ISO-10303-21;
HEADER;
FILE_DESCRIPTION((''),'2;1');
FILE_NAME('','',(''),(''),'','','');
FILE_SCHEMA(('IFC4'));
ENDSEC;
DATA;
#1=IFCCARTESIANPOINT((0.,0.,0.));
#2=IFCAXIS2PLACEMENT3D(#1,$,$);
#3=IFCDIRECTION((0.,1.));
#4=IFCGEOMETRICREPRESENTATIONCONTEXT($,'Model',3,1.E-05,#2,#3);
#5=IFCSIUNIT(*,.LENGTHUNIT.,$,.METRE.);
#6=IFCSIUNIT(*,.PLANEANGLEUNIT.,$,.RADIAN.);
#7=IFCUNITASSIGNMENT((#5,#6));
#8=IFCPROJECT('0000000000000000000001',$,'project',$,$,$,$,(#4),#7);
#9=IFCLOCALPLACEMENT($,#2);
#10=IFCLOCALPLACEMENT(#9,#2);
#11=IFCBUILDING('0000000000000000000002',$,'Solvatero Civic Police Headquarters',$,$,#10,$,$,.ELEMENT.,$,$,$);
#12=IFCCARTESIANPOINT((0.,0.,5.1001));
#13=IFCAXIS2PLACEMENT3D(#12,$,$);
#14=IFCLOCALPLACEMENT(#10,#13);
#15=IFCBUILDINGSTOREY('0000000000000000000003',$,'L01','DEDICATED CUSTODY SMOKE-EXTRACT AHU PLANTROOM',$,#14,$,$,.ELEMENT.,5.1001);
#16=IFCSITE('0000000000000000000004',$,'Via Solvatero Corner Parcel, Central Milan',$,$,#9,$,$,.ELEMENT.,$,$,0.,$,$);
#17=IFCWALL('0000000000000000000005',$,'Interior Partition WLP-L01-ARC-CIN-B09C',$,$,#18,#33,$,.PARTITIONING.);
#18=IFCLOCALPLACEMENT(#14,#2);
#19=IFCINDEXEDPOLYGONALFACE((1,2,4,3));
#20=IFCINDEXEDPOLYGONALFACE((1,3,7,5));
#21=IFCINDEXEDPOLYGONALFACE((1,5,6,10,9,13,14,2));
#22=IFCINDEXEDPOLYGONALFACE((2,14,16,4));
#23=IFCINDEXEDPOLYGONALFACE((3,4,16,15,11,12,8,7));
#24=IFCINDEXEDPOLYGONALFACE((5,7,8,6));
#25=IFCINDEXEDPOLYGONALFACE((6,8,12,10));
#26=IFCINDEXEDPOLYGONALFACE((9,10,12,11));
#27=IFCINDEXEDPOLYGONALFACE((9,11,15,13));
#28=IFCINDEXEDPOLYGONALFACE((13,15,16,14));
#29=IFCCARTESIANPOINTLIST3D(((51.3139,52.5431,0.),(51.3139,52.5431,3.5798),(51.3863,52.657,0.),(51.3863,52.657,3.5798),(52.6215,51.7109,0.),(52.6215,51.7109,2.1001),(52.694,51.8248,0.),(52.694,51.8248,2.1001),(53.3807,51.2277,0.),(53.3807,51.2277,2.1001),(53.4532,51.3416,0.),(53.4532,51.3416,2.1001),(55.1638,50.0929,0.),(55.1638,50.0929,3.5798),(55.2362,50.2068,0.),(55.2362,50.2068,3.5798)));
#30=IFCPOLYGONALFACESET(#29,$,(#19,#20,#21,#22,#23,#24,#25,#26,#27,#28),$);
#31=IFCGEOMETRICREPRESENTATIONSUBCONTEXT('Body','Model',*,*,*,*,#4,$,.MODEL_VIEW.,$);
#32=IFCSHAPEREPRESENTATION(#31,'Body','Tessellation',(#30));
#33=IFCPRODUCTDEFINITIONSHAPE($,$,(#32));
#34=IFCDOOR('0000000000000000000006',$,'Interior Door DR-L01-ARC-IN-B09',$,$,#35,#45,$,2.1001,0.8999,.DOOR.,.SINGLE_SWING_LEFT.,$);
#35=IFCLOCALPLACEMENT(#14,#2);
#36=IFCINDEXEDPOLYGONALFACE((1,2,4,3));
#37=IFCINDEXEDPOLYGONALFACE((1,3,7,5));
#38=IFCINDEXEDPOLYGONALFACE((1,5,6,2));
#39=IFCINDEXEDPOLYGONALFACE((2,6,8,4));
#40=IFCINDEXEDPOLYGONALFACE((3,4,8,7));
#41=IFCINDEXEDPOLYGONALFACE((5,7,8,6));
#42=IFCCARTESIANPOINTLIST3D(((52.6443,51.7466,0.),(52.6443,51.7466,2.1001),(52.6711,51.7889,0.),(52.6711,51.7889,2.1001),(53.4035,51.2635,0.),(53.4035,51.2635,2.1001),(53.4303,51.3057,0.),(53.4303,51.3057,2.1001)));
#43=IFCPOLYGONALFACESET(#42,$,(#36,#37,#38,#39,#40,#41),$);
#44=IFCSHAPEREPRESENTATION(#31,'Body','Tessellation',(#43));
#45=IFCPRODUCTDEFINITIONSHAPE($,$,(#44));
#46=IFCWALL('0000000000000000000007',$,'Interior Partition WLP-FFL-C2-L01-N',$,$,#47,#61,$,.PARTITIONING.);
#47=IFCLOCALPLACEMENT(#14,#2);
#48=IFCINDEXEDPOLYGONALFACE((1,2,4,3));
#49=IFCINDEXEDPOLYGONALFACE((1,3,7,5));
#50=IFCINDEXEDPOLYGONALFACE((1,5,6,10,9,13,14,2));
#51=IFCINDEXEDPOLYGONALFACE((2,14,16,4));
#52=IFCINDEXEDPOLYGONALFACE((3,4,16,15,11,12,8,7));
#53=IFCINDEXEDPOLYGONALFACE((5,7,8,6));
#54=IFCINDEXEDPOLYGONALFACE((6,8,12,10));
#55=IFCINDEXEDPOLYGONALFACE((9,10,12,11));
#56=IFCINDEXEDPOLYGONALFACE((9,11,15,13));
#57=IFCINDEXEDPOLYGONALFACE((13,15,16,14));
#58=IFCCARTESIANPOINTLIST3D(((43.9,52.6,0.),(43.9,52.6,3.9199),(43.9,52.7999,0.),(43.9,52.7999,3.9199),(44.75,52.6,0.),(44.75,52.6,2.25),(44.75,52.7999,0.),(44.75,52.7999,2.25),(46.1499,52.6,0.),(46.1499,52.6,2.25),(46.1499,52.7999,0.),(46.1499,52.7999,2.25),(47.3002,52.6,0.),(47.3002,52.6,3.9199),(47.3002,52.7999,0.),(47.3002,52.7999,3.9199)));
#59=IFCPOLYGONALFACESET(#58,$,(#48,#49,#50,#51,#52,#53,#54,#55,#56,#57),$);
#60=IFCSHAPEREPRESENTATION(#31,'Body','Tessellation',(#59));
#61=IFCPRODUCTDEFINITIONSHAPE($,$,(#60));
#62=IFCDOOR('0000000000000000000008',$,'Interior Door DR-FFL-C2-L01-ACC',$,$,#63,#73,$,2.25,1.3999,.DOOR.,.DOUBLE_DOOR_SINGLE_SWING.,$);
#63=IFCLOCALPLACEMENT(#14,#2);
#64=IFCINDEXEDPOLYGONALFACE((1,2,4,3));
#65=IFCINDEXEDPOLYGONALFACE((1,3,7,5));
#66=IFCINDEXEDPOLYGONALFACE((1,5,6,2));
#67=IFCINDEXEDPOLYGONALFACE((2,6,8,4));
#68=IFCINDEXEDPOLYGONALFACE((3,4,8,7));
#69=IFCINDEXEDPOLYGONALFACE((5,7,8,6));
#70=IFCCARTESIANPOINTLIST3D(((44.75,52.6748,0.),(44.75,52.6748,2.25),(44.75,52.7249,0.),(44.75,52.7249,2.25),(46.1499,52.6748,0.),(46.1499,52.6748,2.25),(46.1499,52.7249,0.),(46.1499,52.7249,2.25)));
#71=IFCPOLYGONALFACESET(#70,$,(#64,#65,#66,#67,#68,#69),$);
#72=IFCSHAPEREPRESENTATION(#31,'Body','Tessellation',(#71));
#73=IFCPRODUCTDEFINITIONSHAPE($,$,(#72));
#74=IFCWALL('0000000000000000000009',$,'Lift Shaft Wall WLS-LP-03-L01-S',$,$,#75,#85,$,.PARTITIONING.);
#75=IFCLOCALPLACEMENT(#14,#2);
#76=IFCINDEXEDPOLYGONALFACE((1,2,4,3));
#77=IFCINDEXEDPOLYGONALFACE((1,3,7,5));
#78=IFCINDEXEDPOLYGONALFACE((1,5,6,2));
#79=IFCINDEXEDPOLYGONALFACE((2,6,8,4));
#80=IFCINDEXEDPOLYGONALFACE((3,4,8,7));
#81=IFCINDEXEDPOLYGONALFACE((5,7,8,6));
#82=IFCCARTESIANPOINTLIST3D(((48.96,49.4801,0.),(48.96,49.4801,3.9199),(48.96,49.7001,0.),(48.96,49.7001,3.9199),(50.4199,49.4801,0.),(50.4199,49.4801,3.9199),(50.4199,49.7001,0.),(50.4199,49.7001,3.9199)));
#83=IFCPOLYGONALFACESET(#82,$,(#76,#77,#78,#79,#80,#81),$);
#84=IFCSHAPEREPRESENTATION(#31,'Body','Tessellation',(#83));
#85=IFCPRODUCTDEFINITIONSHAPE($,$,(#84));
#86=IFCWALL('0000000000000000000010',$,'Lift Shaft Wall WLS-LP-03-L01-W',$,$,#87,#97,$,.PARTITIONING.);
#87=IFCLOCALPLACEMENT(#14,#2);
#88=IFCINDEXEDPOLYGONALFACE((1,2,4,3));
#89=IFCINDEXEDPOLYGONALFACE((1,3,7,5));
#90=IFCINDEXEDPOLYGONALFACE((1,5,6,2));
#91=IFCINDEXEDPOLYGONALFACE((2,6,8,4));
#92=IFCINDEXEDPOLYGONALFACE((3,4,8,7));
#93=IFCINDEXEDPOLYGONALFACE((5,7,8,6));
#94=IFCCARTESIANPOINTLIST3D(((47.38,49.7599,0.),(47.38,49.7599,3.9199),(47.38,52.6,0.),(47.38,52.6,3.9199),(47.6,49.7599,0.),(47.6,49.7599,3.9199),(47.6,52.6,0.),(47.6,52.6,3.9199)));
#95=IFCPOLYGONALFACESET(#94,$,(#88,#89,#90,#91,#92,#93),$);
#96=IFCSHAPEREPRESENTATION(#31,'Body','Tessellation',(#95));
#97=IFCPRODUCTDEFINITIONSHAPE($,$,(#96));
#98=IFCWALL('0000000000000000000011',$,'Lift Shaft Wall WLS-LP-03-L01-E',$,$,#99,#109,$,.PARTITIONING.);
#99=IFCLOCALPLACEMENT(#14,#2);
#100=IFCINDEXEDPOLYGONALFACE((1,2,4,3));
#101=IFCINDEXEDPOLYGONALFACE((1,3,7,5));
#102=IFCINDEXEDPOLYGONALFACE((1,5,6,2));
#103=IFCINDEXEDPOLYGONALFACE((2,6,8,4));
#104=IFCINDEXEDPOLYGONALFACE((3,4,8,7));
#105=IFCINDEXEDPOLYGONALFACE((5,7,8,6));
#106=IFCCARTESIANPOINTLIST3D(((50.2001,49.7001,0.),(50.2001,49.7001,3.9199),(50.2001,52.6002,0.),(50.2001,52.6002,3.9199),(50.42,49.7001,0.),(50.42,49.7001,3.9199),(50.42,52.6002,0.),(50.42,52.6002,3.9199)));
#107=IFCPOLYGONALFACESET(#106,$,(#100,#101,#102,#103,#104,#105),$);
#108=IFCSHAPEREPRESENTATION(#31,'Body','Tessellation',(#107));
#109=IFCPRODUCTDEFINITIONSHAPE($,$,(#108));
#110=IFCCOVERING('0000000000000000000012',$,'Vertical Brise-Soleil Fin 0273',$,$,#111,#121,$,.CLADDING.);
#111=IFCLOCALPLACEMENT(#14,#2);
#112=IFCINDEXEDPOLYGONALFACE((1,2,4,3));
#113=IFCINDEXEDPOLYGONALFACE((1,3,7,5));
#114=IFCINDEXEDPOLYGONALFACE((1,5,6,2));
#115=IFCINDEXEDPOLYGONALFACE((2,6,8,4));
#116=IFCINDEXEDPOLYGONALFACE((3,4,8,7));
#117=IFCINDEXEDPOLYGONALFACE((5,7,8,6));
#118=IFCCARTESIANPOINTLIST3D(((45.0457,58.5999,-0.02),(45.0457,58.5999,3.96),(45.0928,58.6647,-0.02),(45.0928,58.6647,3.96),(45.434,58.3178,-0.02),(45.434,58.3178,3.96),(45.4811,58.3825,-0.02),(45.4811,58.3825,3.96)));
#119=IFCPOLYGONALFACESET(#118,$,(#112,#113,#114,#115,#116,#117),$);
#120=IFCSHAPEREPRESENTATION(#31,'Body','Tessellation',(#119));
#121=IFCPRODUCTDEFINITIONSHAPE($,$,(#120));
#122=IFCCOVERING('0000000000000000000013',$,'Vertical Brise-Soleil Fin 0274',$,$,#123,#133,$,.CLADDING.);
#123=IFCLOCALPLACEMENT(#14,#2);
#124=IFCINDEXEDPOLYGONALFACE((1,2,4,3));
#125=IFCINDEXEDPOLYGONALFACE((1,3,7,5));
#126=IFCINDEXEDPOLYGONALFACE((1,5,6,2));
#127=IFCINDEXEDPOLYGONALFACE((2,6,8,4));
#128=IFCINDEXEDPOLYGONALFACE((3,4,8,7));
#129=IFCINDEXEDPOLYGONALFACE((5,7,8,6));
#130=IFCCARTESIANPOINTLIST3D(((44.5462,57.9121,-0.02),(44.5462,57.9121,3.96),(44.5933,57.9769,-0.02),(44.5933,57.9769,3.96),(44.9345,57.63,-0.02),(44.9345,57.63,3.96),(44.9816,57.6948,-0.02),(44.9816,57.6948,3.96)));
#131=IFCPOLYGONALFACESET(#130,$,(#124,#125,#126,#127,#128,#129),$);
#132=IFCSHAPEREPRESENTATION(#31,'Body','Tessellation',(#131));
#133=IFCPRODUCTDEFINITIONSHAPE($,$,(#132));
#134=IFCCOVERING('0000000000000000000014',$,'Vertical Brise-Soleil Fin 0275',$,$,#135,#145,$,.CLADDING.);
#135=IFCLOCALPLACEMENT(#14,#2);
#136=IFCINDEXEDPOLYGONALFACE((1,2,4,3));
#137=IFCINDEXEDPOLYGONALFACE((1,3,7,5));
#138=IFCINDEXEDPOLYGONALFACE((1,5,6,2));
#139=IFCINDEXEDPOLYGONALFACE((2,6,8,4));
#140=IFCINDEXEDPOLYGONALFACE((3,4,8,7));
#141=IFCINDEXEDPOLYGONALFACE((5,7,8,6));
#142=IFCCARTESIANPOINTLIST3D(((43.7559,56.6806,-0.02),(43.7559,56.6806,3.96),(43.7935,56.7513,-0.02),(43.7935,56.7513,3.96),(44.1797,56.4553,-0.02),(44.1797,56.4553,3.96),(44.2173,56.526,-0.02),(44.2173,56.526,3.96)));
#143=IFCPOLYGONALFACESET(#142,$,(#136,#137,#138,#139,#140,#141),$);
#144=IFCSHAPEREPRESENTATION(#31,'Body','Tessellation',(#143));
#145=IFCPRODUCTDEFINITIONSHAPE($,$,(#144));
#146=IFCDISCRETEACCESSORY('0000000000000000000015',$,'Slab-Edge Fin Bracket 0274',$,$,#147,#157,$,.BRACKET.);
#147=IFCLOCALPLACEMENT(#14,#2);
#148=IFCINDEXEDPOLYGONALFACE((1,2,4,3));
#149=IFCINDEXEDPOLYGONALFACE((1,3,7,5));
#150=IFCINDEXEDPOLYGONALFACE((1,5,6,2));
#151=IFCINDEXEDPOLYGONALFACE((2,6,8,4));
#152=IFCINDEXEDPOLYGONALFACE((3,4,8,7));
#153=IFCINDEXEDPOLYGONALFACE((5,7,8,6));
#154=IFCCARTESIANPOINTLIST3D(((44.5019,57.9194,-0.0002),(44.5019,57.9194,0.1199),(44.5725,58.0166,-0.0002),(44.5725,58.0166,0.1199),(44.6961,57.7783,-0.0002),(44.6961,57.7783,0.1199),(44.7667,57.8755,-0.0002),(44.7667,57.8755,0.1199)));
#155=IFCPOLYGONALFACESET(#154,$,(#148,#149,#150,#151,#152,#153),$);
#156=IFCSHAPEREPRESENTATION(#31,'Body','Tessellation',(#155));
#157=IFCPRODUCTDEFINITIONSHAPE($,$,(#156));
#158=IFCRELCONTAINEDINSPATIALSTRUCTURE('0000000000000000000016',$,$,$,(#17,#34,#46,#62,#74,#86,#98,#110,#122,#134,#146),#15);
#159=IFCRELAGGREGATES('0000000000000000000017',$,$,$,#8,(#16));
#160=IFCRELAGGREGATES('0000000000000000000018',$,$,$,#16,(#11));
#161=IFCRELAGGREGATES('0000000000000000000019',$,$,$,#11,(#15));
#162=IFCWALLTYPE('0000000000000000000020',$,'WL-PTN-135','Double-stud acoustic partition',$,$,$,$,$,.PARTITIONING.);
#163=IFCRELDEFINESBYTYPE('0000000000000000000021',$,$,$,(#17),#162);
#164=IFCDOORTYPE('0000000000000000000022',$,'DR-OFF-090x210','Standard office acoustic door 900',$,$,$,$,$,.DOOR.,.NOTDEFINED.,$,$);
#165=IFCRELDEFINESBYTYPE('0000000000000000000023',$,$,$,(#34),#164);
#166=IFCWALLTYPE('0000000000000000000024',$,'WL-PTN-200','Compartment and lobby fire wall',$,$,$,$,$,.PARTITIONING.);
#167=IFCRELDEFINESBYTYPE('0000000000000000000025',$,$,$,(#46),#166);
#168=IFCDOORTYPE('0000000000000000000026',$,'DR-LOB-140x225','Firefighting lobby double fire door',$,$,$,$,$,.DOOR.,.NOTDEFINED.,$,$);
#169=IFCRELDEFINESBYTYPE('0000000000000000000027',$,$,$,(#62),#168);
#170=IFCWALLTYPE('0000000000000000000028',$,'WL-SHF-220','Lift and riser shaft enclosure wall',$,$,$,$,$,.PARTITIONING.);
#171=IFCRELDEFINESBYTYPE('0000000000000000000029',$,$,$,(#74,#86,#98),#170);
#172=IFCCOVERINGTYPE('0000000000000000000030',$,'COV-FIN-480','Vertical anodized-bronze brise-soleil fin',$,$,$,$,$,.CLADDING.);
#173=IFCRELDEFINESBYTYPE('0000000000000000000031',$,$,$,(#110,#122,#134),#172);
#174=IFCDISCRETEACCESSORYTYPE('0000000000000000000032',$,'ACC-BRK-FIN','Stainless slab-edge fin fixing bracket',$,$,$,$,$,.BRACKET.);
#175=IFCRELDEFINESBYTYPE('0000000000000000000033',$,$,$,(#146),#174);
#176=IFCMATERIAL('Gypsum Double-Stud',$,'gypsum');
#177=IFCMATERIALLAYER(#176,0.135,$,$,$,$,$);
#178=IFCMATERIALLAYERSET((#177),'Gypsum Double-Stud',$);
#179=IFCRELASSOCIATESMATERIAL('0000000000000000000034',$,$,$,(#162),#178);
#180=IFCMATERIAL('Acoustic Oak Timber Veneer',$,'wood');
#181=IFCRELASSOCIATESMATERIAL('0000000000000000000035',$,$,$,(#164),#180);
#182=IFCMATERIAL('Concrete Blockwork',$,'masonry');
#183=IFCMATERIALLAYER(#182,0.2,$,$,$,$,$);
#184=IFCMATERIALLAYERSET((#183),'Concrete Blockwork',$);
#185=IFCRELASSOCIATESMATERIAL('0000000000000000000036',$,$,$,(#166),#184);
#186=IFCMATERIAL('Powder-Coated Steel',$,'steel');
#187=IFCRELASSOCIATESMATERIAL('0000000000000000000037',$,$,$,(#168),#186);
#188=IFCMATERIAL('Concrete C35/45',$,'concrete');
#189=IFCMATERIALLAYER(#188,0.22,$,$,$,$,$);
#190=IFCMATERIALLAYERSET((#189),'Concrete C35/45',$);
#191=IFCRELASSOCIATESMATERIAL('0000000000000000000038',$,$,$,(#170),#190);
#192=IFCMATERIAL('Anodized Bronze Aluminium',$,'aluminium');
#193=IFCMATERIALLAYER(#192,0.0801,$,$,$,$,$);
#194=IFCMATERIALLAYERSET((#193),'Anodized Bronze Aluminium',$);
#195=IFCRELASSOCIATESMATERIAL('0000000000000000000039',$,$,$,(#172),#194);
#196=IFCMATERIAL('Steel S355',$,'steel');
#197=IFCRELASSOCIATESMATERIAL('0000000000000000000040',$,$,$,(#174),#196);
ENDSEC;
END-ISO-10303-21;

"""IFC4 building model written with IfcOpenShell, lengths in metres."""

from ifc_helpers import new_model, si_unit, direction, frame, frame_2d, origin, origin_2d, place, context, subcontext, project, spatial, rectangle, extrude, material, layer, layer_set, type_object, element, fill, save


model = new_model("IFC4")

# Units and contexts
model_context = context("Model", 3, precision=1e-05, world=origin(), true_north=direction((0.0, 1.0)))
body_context = subcontext(model_context, "Body", "Model", "MODEL_VIEW")
ifc_project = project(units=[si_unit("LENGTHUNIT", "METRE"), si_unit("PLANEANGLEUNIT", "RADIAN")], contexts=[model_context])

# Site, building, storey
site_placement = place(None, origin())
site = spatial("IfcSite", under=ifc_project, at=site_placement, Name="Via Solvatero Corner Parcel, Central Milan", CompositionType="ELEMENT", RefElevation=0.0)
building_placement = place(site_placement, origin())
building = spatial("IfcBuilding", under=site, at=building_placement, Name="Solvatero Civic Police Headquarters", CompositionType="ELEMENT")
storey_placement = place(building_placement, frame((0.0, 0.0, 5.1001)))
storey = spatial("IfcBuildingStorey", under=building, at=storey_placement, Name="L01", Description="DEDICATED CUSTODY SMOKE-EXTRACT AHU PLANTROOM", CompositionType="ELEMENT", Elevation=5.1001)

# Shared definitions
ifc_material_1 = material(Name="Steel S355", Category="steel")

# Shared definitions
ifc_material_2 = material(Name="Anodized Bronze Aluminium", Category="aluminium")

# Walls, openings, doors
ifc_material_3 = material(Name="Gypsum Double-Stud", Category="gypsum")
ifc_layer_1 = layer(ifc_material_3, 0.135)
ifc_layer_set_1 = layer_set([ifc_layer_1], Name="Gypsum Double-Stud")
wall_type_1 = type_object("IfcWallType", Name="WL-PTN-135", Description="Double-stud acoustic partition", PredefinedType="PARTITIONING", material=ifc_layer_set_1)
wall_1_placement = place(storey_placement, frame((51.3501, 52.6001, 0.0), z_axis=(0.0, 0.0, 1.0), x_axis=(0.843633, -0.53692, 0.0)))
wall_1 = element("IfcWall", 1, at=wall_1_placement, inside=storey, type_object=wall_type_1, Name="Interior Partition WLP-L01-ARC-CIN-B09C", PredefinedType="PARTITIONING", context=body_context, shape_type="SweptSolid", body=[
    extrude(rectangle(XDim=4.5635, YDim=0.135, at=frame_2d((2.2817, 0.0))), origin(), (0.0, 0.0, 1.0), 3.5798),
])
opening_1_placement = place(wall_1_placement, frame((1.55, 0.0, 0.0)))
opening_1 = element("IfcOpeningElement", 2, at=opening_1_placement, cuts=wall_1, PredefinedType="OPENING", context=body_context, shape_type="SweptSolid", body=[
    extrude(rectangle(XDim=0.8999, YDim=2.1001, at=frame_2d((0.45, 1.05))), frame((0.0, 0.0774, 0.0), z_axis=(0.0, -1.0, 0.0), x_axis=(1.0, 0.0, 0.0)), (0.0, 0.0, 1.0), 0.155),
])
ifc_material_4 = material(Name="Acoustic Oak Timber Veneer", Category="wood")
door_type_1 = type_object("IfcDoorType", Name="DR-OFF-090x210", Description="Standard office acoustic door 900", OperationType="NOTDEFINED", PredefinedType="DOOR", material=ifc_material_4)
door_1_placement = place(opening_1_placement, origin())
door_1 = element("IfcDoor", 3, at=door_1_placement, inside=storey, type_object=door_type_1, Name="Interior Door DR-L01-ARC-IN-B09", OperationType="SINGLE_SWING_LEFT", OverallHeight=2.1001, OverallWidth=0.8999, PredefinedType="DOOR", context=body_context, shape_type="SweptSolid", body=[
    extrude(rectangle(XDim=0.8999, YDim=2.1001, at=frame_2d((0.45, 1.05))), frame((0.0, 0.0249, 0.0), z_axis=(0.0, -1.0, 0.0), x_axis=(1.0, 0.0, 0.0)), (0.0, 0.0, 1.0), 0.05),
])
fill(opening_1, door_1)
ifc_material_5 = material(Name="Concrete Blockwork", Category="masonry")
ifc_layer_2 = layer(ifc_material_5, 0.2)
ifc_layer_set_2 = layer_set([ifc_layer_2], Name="Concrete Blockwork")
wall_type_2 = type_object("IfcWallType", Name="WL-PTN-200", Description="Compartment and lobby fire wall", PredefinedType="PARTITIONING", material=ifc_layer_set_2)
wall_2_placement = place(storey_placement, frame((43.8999, 52.7, 0.0), z_axis=(0.0, 0.0, 1.0), x_axis=(1.0, 0.0, 0.0)))
wall_2 = element("IfcWall", 4, at=wall_2_placement, inside=storey, type_object=wall_type_2, Name="Interior Partition WLP-FFL-C2-L01-N", PredefinedType="PARTITIONING", context=body_context, shape_type="SweptSolid", body=[
    extrude(rectangle(XDim=3.4001, YDim=0.2, at=frame_2d((1.7002, 0.0))), origin(), (0.0, 0.0, 1.0), 3.9199),
])
opening_2_placement = place(wall_2_placement, frame((0.8501, 0.0, 0.0)))
opening_2 = element("IfcOpeningElement", 5, at=opening_2_placement, cuts=wall_2, PredefinedType="OPENING", context=body_context, shape_type="SweptSolid", body=[
    extrude(rectangle(XDim=1.3999, YDim=2.25, at=frame_2d((0.7, 1.125))), frame((0.0, 0.1099, 0.0), z_axis=(0.0, -1.0, 0.0), x_axis=(1.0, 0.0, 0.0)), (0.0, 0.0, 1.0), 0.22),
])
ifc_material_6 = material(Name="Powder-Coated Steel", Category="steel")
door_type_2 = type_object("IfcDoorType", Name="DR-LOB-140x225", Description="Firefighting lobby double fire door", OperationType="NOTDEFINED", PredefinedType="DOOR", material=ifc_material_6)
door_2_placement = place(opening_2_placement, origin())
door_2 = element("IfcDoor", 6, at=door_2_placement, inside=storey, type_object=door_type_2, Name="Interior Door DR-FFL-C2-L01-ACC", OperationType="DOUBLE_DOOR_SINGLE_SWING", OverallHeight=2.25, OverallWidth=1.3999, PredefinedType="DOOR", context=body_context, shape_type="SweptSolid", body=[
    extrude(rectangle(XDim=1.3999, YDim=2.25, at=frame_2d((0.7, 1.125))), frame((0.0, 0.0249, 0.0), z_axis=(0.0, -1.0, 0.0), x_axis=(1.0, 0.0, 0.0)), (0.0, 0.0, 1.0), 0.05),
])
fill(opening_2, door_2)

# Wall
ifc_material_7 = material(Name="Concrete C35/45", Category="concrete")
ifc_layer_3 = layer(ifc_material_7, 0.22)
ifc_layer_set_3 = layer_set([ifc_layer_3], Name="Concrete C35/45")
wall_type_3 = type_object("IfcWallType", Name="WL-SHF-220", Description="Lift and riser shaft enclosure wall", PredefinedType="PARTITIONING", material=ifc_layer_set_3)
wall_3_placement = place(storey_placement, frame((48.96, 49.5901, 0.0), z_axis=(0.0, 0.0, 1.0), x_axis=(1.0, 0.0, 0.0)))
element("IfcWall", 7, at=wall_3_placement, inside=storey, type_object=wall_type_3, Name="Lift Shaft Wall WLS-LP-03-L01-S", PredefinedType="PARTITIONING", context=body_context, shape_type="SweptSolid", body=[
    extrude(rectangle(XDim=1.46, YDim=0.22, at=frame_2d((0.73, 0.0))), origin(), (0.0, 0.0, 1.0), 3.9199),
])

# Walls
wall_4_placement = place(storey_placement, frame((47.49, 49.76, 0.0), z_axis=(0.0, 0.0, 1.0), x_axis=(0.0, 1.0, 0.0)))
element("IfcWall", 8, at=wall_4_placement, inside=storey, type_object=wall_type_3, Name="Lift Shaft Wall WLS-LP-03-L01-W", PredefinedType="PARTITIONING", context=body_context, shape_type="SweptSolid", body=[
    extrude(rectangle(XDim=2.8401, YDim=0.22, at=frame_2d((1.4199, 0.0))), origin(), (0.0, 0.0, 1.0), 3.9199),
])
wall_5_placement = place(storey_placement, frame((50.3101, 49.7, 0.0), z_axis=(0.0, 0.0, 1.0), x_axis=(0.0, 1.0, 0.0)))
element("IfcWall", 9, at=wall_5_placement, inside=storey, type_object=wall_type_3, Name="Lift Shaft Wall WLS-LP-03-L01-E", PredefinedType="PARTITIONING", context=body_context, shape_type="SweptSolid", body=[
    extrude(rectangle(XDim=2.9001, YDim=0.22, at=frame_2d((1.4502, 0.0))), origin(), (0.0, 0.0, 1.0), 3.9199),
])

# Coverings
ifc_layer_4 = layer(ifc_material_2, 0.0801)
ifc_layer_set_4 = layer_set([ifc_layer_4], Name="Anodized Bronze Aluminium")
covering_type = type_object("IfcCoveringType", Name="COV-FIN-480", Description="Vertical anodized-bronze brise-soleil fin", PredefinedType="CLADDING", material=ifc_layer_set_4)
for number, where, z_axis, x_axis, name in (
    (10, (45.2634, 58.4912, -0.02), (0.0, 0.0, 1.0), (-0.587785, -0.809017, 0.0), "Vertical Brise-Soleil Fin 0273"),
    (11, (44.7639, 57.8035, -0.02), (0.0, 0.0, 1.0), (-0.587785, -0.809017, 0.0), "Vertical Brise-Soleil Fin 0274"),
    (12, (43.9866, 56.6033, -0.02), (0.0, 0.0, 1.0), (-0.469472, -0.882948, 0.0), "Vertical Brise-Soleil Fin 0275"),
):
    element("IfcCovering", number, at=place(storey_placement, frame(where, z_axis=z_axis, x_axis=x_axis)), inside=storey, type_object=covering_type, Name=name, PredefinedType="CLADDING", context=body_context, shape_type="SweptSolid", body=[
        extrude(rectangle(XDim=0.0801, YDim=0.48, at=origin_2d()), origin(), (0.0, 0.0, 1.0), 3.98),
    ])

# Discrete accessory
discrete_accessory_type = type_object("IfcDiscreteAccessoryType", Name="ACC-BRK-FIN", Description="Stainless slab-edge fin fixing bracket", PredefinedType="BRACKET", material=ifc_material_1)
discrete_accessory_placement = place(storey_placement, frame((44.6343, 57.8975, -0.0002), z_axis=(0.0, 0.0, 1.0), x_axis=(-0.587785, -0.809017, 0.0)))
element("IfcDiscreteAccessory", 13, at=discrete_accessory_placement, inside=storey, type_object=discrete_accessory_type, Name="Slab-Edge Fin Bracket 0274", PredefinedType="BRACKET", context=body_context, shape_type="SweptSolid", body=[
    extrude(rectangle(XDim=0.1201, YDim=0.24, at=origin_2d()), origin(), (0.0, 0.0, 1.0), 0.1201),
])

save(model, "model.ifc")
